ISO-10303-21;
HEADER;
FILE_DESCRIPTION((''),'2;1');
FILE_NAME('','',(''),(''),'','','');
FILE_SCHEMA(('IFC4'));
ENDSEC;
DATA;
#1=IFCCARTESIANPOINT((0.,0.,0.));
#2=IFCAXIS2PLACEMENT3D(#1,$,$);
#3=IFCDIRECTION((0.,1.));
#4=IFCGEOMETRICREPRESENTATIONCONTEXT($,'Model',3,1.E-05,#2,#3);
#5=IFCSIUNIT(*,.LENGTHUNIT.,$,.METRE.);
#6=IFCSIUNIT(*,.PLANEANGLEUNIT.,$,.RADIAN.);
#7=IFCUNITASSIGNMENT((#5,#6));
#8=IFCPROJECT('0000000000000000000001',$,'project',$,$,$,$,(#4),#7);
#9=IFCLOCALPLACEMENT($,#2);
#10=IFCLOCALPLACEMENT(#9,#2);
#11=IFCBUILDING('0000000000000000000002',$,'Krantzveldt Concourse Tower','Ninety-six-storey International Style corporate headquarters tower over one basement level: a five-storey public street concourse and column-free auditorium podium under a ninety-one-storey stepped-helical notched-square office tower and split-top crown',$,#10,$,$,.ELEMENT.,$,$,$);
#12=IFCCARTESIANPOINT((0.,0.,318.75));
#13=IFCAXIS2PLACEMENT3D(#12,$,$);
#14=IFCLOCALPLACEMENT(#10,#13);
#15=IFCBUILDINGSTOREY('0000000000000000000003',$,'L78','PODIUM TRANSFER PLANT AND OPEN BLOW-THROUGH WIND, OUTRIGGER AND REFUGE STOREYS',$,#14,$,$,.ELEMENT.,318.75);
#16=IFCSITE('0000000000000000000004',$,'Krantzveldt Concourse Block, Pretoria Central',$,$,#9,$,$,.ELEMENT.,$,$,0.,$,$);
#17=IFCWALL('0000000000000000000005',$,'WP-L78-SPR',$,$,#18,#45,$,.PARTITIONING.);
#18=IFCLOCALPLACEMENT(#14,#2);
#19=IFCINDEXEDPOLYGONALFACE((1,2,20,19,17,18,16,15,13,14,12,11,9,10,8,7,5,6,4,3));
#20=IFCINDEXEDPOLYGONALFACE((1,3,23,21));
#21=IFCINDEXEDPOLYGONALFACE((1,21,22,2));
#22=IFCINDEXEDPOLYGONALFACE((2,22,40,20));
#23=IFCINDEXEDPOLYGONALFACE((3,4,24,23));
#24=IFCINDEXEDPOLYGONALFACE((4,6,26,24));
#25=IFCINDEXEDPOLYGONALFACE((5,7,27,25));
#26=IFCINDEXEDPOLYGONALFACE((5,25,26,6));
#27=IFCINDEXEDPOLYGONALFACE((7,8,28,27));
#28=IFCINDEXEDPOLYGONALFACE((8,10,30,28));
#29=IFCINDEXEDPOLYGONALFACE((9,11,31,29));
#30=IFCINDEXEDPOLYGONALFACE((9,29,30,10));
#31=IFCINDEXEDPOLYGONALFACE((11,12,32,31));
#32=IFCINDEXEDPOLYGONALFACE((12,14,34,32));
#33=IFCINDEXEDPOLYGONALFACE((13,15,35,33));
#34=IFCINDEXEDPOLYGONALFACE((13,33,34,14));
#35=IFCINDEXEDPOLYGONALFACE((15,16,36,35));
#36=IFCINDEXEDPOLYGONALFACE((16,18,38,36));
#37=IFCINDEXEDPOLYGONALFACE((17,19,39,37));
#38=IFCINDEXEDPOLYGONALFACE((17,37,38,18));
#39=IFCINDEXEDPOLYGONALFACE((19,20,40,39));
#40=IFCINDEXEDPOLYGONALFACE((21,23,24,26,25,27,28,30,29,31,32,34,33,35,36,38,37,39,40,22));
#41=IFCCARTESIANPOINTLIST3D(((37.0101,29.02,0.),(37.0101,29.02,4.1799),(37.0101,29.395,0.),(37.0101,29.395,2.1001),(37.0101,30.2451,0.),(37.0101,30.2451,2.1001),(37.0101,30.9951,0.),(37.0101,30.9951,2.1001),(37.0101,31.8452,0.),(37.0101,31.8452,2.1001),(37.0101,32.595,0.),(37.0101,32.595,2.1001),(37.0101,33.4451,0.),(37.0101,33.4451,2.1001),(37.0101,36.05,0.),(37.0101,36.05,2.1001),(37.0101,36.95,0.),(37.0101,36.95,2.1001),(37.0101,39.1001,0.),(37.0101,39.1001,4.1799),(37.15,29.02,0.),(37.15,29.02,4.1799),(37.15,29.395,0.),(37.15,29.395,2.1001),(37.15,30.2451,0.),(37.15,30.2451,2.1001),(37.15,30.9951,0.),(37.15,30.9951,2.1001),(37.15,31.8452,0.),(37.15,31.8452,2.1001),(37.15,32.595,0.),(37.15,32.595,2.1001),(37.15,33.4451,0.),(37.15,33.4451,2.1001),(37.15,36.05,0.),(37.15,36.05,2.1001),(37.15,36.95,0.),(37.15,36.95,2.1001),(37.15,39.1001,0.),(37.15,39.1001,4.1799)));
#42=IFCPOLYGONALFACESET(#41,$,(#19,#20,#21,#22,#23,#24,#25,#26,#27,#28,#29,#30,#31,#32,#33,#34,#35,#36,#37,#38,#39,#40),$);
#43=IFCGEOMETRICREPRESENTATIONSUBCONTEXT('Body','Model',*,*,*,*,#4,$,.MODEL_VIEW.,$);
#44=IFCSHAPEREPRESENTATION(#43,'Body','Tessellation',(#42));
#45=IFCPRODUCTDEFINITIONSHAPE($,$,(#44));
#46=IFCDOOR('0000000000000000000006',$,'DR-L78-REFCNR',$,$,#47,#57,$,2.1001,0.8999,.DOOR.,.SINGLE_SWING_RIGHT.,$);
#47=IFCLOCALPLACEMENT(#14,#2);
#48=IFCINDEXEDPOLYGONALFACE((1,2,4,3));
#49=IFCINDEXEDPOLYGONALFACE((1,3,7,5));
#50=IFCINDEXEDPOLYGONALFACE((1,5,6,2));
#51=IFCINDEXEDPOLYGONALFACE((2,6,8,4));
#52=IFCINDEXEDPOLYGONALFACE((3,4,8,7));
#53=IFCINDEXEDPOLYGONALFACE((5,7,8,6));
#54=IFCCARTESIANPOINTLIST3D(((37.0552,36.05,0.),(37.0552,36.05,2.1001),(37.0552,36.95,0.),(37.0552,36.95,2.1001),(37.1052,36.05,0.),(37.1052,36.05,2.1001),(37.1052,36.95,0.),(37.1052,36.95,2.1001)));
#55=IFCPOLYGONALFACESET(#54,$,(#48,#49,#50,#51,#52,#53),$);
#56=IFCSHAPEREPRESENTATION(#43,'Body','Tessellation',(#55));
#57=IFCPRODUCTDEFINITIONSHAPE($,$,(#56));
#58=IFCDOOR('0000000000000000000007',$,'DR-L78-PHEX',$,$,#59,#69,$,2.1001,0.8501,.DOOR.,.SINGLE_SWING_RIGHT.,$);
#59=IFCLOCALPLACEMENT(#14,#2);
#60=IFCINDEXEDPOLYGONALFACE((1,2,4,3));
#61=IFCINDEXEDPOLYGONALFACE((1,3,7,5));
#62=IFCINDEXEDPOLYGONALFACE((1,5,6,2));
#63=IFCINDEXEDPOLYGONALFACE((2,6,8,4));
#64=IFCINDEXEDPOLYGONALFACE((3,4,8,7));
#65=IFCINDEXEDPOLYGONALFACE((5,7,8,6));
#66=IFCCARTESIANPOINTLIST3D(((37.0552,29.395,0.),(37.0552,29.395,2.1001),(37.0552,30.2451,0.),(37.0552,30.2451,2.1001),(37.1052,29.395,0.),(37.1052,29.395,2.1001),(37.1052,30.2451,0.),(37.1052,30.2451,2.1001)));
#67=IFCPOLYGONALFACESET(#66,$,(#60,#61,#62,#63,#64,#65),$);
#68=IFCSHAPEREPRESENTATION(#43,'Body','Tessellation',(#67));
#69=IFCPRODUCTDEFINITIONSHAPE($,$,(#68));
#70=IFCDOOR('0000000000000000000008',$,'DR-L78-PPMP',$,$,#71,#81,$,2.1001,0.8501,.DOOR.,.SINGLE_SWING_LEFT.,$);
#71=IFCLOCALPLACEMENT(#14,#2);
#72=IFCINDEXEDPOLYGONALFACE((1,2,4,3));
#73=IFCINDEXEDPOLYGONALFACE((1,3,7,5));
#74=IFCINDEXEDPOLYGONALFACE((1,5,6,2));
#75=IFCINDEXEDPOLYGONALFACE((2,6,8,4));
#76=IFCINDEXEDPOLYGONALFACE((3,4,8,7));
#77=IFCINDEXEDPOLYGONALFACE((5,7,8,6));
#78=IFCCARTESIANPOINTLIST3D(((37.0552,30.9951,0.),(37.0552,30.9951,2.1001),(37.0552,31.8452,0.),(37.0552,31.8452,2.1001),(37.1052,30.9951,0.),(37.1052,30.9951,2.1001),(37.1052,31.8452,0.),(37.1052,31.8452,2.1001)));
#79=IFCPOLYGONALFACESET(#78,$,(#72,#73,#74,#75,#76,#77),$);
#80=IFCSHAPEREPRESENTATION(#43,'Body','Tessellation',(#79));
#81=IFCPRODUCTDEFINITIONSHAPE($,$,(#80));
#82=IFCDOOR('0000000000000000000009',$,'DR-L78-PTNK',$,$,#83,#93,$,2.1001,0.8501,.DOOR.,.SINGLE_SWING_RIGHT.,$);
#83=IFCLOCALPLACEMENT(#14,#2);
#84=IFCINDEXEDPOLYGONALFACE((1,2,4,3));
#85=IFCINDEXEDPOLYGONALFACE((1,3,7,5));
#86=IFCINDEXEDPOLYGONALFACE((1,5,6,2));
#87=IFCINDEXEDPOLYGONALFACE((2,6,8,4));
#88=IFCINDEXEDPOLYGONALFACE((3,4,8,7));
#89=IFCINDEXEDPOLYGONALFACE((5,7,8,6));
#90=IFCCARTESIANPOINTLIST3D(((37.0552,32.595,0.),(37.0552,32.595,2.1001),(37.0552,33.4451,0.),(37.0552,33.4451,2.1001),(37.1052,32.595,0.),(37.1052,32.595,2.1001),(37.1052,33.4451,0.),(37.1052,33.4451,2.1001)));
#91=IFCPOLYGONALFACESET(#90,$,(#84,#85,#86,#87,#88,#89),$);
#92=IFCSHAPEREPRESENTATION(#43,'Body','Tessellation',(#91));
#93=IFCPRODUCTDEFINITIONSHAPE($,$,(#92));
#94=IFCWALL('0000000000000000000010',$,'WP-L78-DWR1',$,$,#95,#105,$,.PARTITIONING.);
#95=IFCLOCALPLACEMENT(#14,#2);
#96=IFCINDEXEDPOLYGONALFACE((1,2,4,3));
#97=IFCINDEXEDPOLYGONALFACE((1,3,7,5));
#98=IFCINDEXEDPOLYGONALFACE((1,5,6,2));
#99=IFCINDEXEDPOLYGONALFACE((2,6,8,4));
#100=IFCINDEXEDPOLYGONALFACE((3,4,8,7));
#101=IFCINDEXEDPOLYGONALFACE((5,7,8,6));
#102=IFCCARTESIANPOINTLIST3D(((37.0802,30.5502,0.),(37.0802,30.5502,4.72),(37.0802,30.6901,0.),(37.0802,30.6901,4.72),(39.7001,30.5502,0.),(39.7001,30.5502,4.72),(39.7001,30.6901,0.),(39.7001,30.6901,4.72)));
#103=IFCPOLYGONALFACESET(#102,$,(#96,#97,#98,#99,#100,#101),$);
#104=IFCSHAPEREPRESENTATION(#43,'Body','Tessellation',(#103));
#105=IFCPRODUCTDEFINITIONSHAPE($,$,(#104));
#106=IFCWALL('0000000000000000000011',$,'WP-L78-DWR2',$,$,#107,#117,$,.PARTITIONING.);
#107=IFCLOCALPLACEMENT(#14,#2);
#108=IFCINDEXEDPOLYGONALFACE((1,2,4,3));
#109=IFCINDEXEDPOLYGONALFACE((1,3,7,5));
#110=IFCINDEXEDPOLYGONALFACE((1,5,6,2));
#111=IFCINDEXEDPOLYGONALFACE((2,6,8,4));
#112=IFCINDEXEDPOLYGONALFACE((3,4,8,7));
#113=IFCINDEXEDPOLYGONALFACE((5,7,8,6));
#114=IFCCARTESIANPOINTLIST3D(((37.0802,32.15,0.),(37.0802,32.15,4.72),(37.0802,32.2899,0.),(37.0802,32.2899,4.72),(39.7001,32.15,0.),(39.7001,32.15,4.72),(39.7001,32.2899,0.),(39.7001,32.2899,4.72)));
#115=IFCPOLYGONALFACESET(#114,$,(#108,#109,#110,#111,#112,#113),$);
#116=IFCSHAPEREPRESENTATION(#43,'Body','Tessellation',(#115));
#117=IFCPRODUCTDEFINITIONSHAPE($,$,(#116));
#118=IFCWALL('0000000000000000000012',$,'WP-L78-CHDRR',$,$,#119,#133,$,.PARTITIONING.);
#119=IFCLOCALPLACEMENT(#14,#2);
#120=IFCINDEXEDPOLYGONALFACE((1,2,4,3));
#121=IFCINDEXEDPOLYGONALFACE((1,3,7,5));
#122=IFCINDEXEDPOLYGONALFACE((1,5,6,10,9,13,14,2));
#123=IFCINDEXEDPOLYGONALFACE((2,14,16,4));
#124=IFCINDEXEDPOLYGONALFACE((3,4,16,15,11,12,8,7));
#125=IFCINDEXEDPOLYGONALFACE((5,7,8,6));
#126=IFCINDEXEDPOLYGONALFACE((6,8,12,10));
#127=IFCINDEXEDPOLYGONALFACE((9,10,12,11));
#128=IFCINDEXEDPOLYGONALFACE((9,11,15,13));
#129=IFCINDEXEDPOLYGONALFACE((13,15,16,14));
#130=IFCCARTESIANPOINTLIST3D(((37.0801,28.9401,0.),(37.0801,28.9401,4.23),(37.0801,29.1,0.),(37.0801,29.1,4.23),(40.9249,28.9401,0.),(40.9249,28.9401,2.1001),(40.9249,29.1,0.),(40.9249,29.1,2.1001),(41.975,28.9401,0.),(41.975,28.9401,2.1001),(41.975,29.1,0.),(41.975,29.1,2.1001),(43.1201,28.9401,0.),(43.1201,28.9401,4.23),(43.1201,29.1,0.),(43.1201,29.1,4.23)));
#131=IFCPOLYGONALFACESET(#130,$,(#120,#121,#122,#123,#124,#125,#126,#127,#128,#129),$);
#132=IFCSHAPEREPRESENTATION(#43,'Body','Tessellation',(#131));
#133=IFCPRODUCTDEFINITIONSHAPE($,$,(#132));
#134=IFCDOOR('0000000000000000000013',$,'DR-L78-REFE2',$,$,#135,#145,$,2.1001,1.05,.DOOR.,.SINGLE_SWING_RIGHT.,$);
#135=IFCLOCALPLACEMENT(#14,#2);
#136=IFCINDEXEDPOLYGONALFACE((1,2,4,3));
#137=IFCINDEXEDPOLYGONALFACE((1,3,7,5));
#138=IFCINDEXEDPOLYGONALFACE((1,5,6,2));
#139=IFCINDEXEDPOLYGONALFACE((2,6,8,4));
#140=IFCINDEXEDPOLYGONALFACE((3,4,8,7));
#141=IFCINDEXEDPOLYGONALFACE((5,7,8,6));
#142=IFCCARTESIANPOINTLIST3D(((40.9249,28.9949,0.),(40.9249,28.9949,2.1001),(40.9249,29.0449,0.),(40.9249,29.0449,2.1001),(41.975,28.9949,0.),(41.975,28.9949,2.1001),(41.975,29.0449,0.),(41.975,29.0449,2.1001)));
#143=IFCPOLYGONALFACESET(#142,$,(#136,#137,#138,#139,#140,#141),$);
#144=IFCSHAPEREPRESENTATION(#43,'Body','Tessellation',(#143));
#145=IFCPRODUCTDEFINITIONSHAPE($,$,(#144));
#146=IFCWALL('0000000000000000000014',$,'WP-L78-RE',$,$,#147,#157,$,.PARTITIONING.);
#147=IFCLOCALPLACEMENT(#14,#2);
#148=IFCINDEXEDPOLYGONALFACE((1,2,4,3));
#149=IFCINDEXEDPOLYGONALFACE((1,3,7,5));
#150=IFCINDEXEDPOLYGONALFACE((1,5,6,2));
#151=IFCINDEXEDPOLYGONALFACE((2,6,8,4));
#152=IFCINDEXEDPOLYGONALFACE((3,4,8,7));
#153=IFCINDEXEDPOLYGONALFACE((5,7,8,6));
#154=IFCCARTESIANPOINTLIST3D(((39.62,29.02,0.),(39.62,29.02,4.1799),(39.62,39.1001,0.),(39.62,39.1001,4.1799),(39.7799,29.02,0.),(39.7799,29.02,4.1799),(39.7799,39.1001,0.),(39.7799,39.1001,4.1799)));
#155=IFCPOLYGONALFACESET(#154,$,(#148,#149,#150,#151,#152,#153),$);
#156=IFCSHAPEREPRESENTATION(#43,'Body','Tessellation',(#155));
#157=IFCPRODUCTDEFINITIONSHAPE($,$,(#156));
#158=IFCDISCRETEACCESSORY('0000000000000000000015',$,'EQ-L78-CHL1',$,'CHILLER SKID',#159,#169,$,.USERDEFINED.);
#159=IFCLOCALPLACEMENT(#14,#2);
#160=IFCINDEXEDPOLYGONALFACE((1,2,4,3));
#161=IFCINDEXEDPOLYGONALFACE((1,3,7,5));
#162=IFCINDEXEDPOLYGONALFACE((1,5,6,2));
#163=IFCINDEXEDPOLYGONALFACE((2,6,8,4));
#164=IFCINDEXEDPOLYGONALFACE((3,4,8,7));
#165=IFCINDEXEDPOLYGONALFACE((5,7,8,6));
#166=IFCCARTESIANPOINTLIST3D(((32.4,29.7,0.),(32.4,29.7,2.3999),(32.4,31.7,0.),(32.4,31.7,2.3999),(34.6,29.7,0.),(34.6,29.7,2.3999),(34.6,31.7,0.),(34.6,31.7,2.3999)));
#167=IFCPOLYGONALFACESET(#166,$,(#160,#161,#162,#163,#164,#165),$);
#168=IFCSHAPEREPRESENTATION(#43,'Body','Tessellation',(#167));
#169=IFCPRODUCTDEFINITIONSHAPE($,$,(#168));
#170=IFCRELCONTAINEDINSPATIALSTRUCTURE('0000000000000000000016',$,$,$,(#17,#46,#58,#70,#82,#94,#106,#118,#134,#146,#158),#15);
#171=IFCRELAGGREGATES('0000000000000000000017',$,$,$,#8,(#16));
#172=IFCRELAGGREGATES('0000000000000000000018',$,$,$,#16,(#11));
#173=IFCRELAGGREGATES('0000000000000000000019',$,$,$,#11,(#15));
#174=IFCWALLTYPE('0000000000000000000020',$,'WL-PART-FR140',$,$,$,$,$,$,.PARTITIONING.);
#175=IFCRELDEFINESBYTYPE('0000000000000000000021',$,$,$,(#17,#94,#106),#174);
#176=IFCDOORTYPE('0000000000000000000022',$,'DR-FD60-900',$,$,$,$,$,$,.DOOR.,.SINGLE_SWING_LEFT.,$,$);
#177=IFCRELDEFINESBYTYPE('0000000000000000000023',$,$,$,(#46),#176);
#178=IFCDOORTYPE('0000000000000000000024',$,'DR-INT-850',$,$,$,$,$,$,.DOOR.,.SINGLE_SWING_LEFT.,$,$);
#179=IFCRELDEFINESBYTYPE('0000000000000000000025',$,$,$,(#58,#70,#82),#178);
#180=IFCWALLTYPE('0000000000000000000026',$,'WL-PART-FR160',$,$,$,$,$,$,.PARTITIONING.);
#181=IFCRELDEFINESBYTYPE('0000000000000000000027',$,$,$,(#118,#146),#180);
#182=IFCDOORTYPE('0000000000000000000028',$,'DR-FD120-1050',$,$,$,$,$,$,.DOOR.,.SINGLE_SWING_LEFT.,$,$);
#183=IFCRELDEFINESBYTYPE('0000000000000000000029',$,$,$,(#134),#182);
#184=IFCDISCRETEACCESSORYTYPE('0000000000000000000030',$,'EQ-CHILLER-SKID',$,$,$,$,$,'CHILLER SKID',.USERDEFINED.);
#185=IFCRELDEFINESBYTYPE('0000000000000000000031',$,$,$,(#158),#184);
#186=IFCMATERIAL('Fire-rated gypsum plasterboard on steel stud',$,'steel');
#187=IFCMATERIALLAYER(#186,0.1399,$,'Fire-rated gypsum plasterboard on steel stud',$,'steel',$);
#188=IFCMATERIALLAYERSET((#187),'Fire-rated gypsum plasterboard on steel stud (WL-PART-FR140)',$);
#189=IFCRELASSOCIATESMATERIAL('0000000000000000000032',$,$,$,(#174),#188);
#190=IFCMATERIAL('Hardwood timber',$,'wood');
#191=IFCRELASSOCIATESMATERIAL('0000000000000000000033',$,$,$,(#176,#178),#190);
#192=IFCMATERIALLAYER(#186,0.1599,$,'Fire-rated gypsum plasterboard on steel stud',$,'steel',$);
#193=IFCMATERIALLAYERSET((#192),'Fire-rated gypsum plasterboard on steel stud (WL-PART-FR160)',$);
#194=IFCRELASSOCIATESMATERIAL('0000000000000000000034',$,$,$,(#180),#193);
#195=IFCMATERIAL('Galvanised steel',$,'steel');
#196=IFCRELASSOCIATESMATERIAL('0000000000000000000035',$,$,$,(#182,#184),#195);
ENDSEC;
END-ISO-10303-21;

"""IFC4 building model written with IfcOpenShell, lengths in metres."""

from ifc_helpers import new_model, si_unit, direction, frame, frame_2d, origin, origin_2d, place, context, subcontext, project, spatial, rectangle, extrude, source, transform, mapped, material, layer, layer_set, type_object, type_shapes, element, fill, save


model = new_model("IFC4")

# Units and contexts
model_context = context("Model", 3, precision=1e-05, world=origin(), true_north=direction((0.0, 1.0)))
body_context = subcontext(model_context, "Body", "Model", "MODEL_VIEW")
ifc_project = project(units=[si_unit("LENGTHUNIT", "METRE"), si_unit("PLANEANGLEUNIT", "RADIAN")], contexts=[model_context])

# Site, building, storey
site_placement = place(None, origin())
site = spatial("IfcSite", under=ifc_project, at=site_placement, Name="Krantzveldt Concourse Block, Pretoria Central", CompositionType="ELEMENT", RefElevation=0.0)
building_placement = place(site_placement, origin())
building = spatial("IfcBuilding", under=site, at=building_placement, Name="Krantzveldt Concourse Tower", Description="Ninety-six-storey International Style corporate headquarters tower over one basement level: a five-storey public street concourse and column-free auditorium podium under a ninety-one-storey stepped-helical notched-square office tower and split-top crown", CompositionType="ELEMENT")
storey_placement = place(building_placement, frame((0.0, 0.0, 318.75)))
storey = spatial("IfcBuildingStorey", under=building, at=storey_placement, Name="L78", Description="PODIUM TRANSFER PLANT AND OPEN BLOW-THROUGH WIND, OUTRIGGER AND REFUGE STOREYS", CompositionType="ELEMENT", Elevation=318.75)

# Wall, openings, doors
ifc_material_1 = material(Name="Fire-rated gypsum plasterboard on steel stud", Category="steel")
ifc_layer_1 = layer(ifc_material_1, 0.1399, Name="Fire-rated gypsum plasterboard on steel stud", Category="steel")
ifc_layer_set_1 = layer_set([ifc_layer_1], Name="Fire-rated gypsum plasterboard on steel stud (WL-PART-FR140)")
wall_type_1 = type_object("IfcWallType", Name="WL-PART-FR140", PredefinedType="PARTITIONING", material=ifc_layer_set_1)
ifc_material_2 = material(Name="Hardwood timber", Category="wood")
door_type_1 = type_object("IfcDoorType", Name="DR-FD60-900", OperationType="SINGLE_SWING_LEFT", PredefinedType="DOOR", material=ifc_material_2)
door_type_2 = type_object("IfcDoorType", Name="DR-INT-850", OperationType="SINGLE_SWING_LEFT", PredefinedType="DOOR", material=ifc_material_2)
wall_1_placement = place(storey_placement, frame((37.0801, 29.02, 0.0), z_axis=(0.0, 0.0, 1.0), x_axis=(0.0, 1.0, 0.0)))
wall_1 = element("IfcWall", 1, at=wall_1_placement, inside=storey, type_object=wall_type_1, Name="WP-L78-SPR", PredefinedType="PARTITIONING", context=body_context, shape_type="SweptSolid", body=[
    extrude(rectangle(XDim=10.0801, YDim=0.1399, at=frame_2d((5.04, 0.0))), origin(), (0.0, 0.0, 1.0), 4.1799),
])
opening_1_placement = place(wall_1_placement, frame((7.03, 0.0, 0.0)))
opening_1 = element("IfcOpeningElement", 2, at=opening_1_placement, cuts=wall_1, PredefinedType="OPENING", context=body_context, shape_type="SweptSolid", body=[
    extrude(rectangle(XDim=0.8999, YDim=2.1001, at=frame_2d((0.45, 1.05))), frame((0.0, 0.0801, 0.0), z_axis=(0.0, -1.0, 0.0), x_axis=(1.0, 0.0, 0.0)), (0.0, 0.0, 1.0), 0.1599),
])
opening_2_placement = place(wall_1_placement, frame((0.375, 0.0, 0.0)))
opening_2 = element("IfcOpeningElement", 3, at=opening_2_placement, cuts=wall_1, PredefinedType="OPENING", context=body_context, shape_type="SweptSolid", body=[
    extrude(rectangle(XDim=0.8501, YDim=2.1001, at=frame_2d((0.425, 1.05))), frame((0.0, 0.0801, 0.0), z_axis=(0.0, -1.0, 0.0), x_axis=(1.0, 0.0, 0.0)), (0.0, 0.0, 1.0), 0.1599),
])
opening_3_placement = place(wall_1_placement, frame((1.9751, 0.0, 0.0)))
opening_3 = element("IfcOpeningElement", 4, at=opening_3_placement, cuts=wall_1, PredefinedType="OPENING", context=body_context, shape_type="SweptSolid", body=[
    extrude(rectangle(XDim=0.8501, YDim=2.1001, at=frame_2d((0.425, 1.05))), frame((0.0, 0.0801, 0.0), z_axis=(0.0, -1.0, 0.0), x_axis=(1.0, 0.0, 0.0)), (0.0, 0.0, 1.0), 0.1599),
])
opening_4_placement = place(wall_1_placement, frame((3.575, 0.0, 0.0)))
opening_4 = element("IfcOpeningElement", 5, at=opening_4_placement, cuts=wall_1, PredefinedType="OPENING", context=body_context, shape_type="SweptSolid", body=[
    extrude(rectangle(XDim=0.8501, YDim=2.1001, at=frame_2d((0.425, 1.05))), frame((0.0, 0.0801, 0.0), z_axis=(0.0, -1.0, 0.0), x_axis=(1.0, 0.0, 0.0)), (0.0, 0.0, 1.0), 0.1599),
])
door_1_placement = place(opening_1_placement, origin())
door_1 = element("IfcDoor", 6, at=door_1_placement, inside=storey, type_object=door_type_1, Name="DR-L78-REFCNR", OperationType="SINGLE_SWING_RIGHT", OverallHeight=2.1001, OverallWidth=0.8999, PredefinedType="DOOR", context=body_context, shape_type="SweptSolid", body=[
    extrude(rectangle(XDim=0.8999, YDim=2.1001, at=frame_2d((0.45, 1.05))), frame((0.0, 0.0249, 0.0), z_axis=(0.0, -1.0, 0.0), x_axis=(1.0, 0.0, 0.0)), (0.0, 0.0, 1.0), 0.05),
])
fill(opening_1, door_1)
door_2_placement = place(opening_2_placement, origin())
door_2 = element("IfcDoor", 7, at=door_2_placement, inside=storey, type_object=door_type_2, Name="DR-L78-PHEX", OperationType="SINGLE_SWING_RIGHT", OverallHeight=2.1001, OverallWidth=0.8501, PredefinedType="DOOR", context=body_context, shape_type="SweptSolid", body=[
    extrude(rectangle(XDim=0.8501, YDim=2.1001, at=frame_2d((0.425, 1.05))), frame((0.0, 0.0249, 0.0), z_axis=(0.0, -1.0, 0.0), x_axis=(1.0, 0.0, 0.0)), (0.0, 0.0, 1.0), 0.05),
])
fill(opening_2, door_2)
door_3_placement = place(opening_3_placement, origin())
door_3 = element("IfcDoor", 8, at=door_3_placement, inside=storey, type_object=door_type_2, Name="DR-L78-PPMP", OperationType="SINGLE_SWING_LEFT", OverallHeight=2.1001, OverallWidth=0.8501, PredefinedType="DOOR", context=body_context, shape_type="SweptSolid", body=[
    extrude(rectangle(XDim=0.8501, YDim=2.1001, at=frame_2d((0.425, 1.05))), frame((0.0, 0.0249, 0.0), z_axis=(0.0, -1.0, 0.0), x_axis=(1.0, 0.0, 0.0)), (0.0, 0.0, 1.0), 0.05),
])
fill(opening_3, door_3)
door_4_placement = place(opening_4_placement, origin())
door_4 = element("IfcDoor", 9, at=door_4_placement, inside=storey, type_object=door_type_2, Name="DR-L78-PTNK", OperationType="SINGLE_SWING_RIGHT", OverallHeight=2.1001, OverallWidth=0.8501, PredefinedType="DOOR", context=body_context, shape_type="SweptSolid", body=[
    extrude(rectangle(XDim=0.8501, YDim=2.1001, at=frame_2d((0.425, 1.05))), frame((0.0, 0.0249, 0.0), z_axis=(0.0, -1.0, 0.0), x_axis=(1.0, 0.0, 0.0)), (0.0, 0.0, 1.0), 0.05),
])
fill(opening_4, door_4)

# Walls
for number, where, z_axis, x_axis, name in (
    (10, (37.0801, 30.6201, 0.0), (0.0, 0.0, 1.0), (1.0, 0.0, 0.0), "WP-L78-DWR1"),
    (11, (37.0801, 32.22, 0.0), (0.0, 0.0, 1.0), (1.0, 0.0, 0.0), "WP-L78-DWR2"),
):
    element("IfcWall", number, at=place(storey_placement, frame(where, z_axis=z_axis, x_axis=x_axis)), inside=storey, type_object=wall_type_1, Name=name, PredefinedType="PARTITIONING", context=body_context, shape_type="SweptSolid", body=[
        extrude(rectangle(XDim=2.6199, YDim=0.1399, at=frame_2d((1.3101, 0.0))), origin(), (0.0, 0.0, 1.0), 4.72),
    ])

# Wall, opening, door
ifc_layer_2 = layer(ifc_material_1, 0.1599, Name="Fire-rated gypsum plasterboard on steel stud", Category="steel")
ifc_layer_set_2 = layer_set([ifc_layer_2], Name="Fire-rated gypsum plasterboard on steel stud (WL-PART-FR160)")
wall_type_2 = type_object("IfcWallType", Name="WL-PART-FR160", PredefinedType="PARTITIONING", material=ifc_layer_set_2)
wall_2_placement = place(storey_placement, frame((37.0801, 29.02, 0.0), z_axis=(0.0, 0.0, 1.0), x_axis=(1.0, 0.0, 0.0)))
wall_2 = element("IfcWall", 12, at=wall_2_placement, inside=storey, type_object=wall_type_2, Name="WP-L78-CHDRR", PredefinedType="PARTITIONING", context=body_context, shape_type="SweptSolid", body=[
    extrude(rectangle(XDim=6.04, YDim=0.1599, at=frame_2d((3.02, 0.0))), origin(), (0.0, 0.0, 1.0), 4.23),
])
opening_5_placement = place(wall_2_placement, frame((3.845, 0.0, 0.0)))
opening_5 = element("IfcOpeningElement", 13, at=opening_5_placement, cuts=wall_2, PredefinedType="OPENING", context=body_context, shape_type="SweptSolid", body=[
    extrude(rectangle(XDim=1.05, YDim=2.1001, at=frame_2d((0.5249, 1.05))), frame((0.0, 0.0898, 0.0), z_axis=(0.0, -1.0, 0.0), x_axis=(1.0, 0.0, 0.0)), (0.0, 0.0, 1.0), 0.1799),
])
ifc_material_3 = material(Name="Galvanised steel", Category="steel")
door_type_3 = type_object("IfcDoorType", Name="DR-FD120-1050", OperationType="SINGLE_SWING_LEFT", PredefinedType="DOOR", material=ifc_material_3)
door_5_placement = place(opening_5_placement, origin())
door_5 = element("IfcDoor", 14, at=door_5_placement, inside=storey, type_object=door_type_3, Name="DR-L78-REFE2", OperationType="SINGLE_SWING_RIGHT", OverallHeight=2.1001, OverallWidth=1.05, PredefinedType="DOOR", context=body_context, shape_type="SweptSolid", body=[
    extrude(rectangle(XDim=1.05, YDim=2.1001, at=frame_2d((0.5249, 1.05))), frame((0.0, 0.0249, 0.0), z_axis=(0.0, -1.0, 0.0), x_axis=(1.0, 0.0, 0.0)), (0.0, 0.0, 1.0), 0.05),
])
fill(opening_5, door_5)

# Wall
wall_3_placement = place(storey_placement, frame((39.7, 29.02, 0.0), z_axis=(0.0, 0.0, 1.0), x_axis=(0.0, 1.0, 0.0)))
element("IfcWall", 15, at=wall_3_placement, inside=storey, type_object=wall_type_2, Name="WP-L78-RE", PredefinedType="PARTITIONING", context=body_context, shape_type="SweptSolid", body=[
    extrude(rectangle(XDim=10.0801, YDim=0.1599, at=frame_2d((5.04, 0.0))), origin(), (0.0, 0.0, 1.0), 4.1799),
])

# Discrete accessory
discrete_accessory_type = type_object("IfcDiscreteAccessoryType", Name="EQ-CHILLER-SKID", ElementType="CHILLER SKID", PredefinedType="USERDEFINED", material=ifc_material_3)
shared_shape_1 = source(origin(), body_context, "Body", "SweptSolid", [
    extrude(rectangle(XDim=2.2, YDim=2.0, at=origin_2d()), origin(), (0.0, 0.0, 1.0), 2.3999),
])
type_shapes(discrete_accessory_type, [shared_shape_1])
discrete_accessory_placement = place(storey_placement, frame((33.5, 30.7, 0.0), z_axis=(0.0, 0.0, 1.0), x_axis=(1.0, 0.0, 0.0)))
element("IfcDiscreteAccessory", 16, at=discrete_accessory_placement, inside=storey, type_object=discrete_accessory_type, Name="EQ-L78-CHL1", ObjectType="CHILLER SKID", PredefinedType="USERDEFINED", context=body_context, shape_type="MappedRepresentation", body=[
    mapped(shared_shape_1, transform((0.0, 0.0, 0.0), x_axis=(1.0, 0.0, 0.0), y_axis=(0.0, 1.0, 0.0), z_axis=(0.0, 0.0, 1.0), scale=1.0)),
])

save(model, "model.ifc")
